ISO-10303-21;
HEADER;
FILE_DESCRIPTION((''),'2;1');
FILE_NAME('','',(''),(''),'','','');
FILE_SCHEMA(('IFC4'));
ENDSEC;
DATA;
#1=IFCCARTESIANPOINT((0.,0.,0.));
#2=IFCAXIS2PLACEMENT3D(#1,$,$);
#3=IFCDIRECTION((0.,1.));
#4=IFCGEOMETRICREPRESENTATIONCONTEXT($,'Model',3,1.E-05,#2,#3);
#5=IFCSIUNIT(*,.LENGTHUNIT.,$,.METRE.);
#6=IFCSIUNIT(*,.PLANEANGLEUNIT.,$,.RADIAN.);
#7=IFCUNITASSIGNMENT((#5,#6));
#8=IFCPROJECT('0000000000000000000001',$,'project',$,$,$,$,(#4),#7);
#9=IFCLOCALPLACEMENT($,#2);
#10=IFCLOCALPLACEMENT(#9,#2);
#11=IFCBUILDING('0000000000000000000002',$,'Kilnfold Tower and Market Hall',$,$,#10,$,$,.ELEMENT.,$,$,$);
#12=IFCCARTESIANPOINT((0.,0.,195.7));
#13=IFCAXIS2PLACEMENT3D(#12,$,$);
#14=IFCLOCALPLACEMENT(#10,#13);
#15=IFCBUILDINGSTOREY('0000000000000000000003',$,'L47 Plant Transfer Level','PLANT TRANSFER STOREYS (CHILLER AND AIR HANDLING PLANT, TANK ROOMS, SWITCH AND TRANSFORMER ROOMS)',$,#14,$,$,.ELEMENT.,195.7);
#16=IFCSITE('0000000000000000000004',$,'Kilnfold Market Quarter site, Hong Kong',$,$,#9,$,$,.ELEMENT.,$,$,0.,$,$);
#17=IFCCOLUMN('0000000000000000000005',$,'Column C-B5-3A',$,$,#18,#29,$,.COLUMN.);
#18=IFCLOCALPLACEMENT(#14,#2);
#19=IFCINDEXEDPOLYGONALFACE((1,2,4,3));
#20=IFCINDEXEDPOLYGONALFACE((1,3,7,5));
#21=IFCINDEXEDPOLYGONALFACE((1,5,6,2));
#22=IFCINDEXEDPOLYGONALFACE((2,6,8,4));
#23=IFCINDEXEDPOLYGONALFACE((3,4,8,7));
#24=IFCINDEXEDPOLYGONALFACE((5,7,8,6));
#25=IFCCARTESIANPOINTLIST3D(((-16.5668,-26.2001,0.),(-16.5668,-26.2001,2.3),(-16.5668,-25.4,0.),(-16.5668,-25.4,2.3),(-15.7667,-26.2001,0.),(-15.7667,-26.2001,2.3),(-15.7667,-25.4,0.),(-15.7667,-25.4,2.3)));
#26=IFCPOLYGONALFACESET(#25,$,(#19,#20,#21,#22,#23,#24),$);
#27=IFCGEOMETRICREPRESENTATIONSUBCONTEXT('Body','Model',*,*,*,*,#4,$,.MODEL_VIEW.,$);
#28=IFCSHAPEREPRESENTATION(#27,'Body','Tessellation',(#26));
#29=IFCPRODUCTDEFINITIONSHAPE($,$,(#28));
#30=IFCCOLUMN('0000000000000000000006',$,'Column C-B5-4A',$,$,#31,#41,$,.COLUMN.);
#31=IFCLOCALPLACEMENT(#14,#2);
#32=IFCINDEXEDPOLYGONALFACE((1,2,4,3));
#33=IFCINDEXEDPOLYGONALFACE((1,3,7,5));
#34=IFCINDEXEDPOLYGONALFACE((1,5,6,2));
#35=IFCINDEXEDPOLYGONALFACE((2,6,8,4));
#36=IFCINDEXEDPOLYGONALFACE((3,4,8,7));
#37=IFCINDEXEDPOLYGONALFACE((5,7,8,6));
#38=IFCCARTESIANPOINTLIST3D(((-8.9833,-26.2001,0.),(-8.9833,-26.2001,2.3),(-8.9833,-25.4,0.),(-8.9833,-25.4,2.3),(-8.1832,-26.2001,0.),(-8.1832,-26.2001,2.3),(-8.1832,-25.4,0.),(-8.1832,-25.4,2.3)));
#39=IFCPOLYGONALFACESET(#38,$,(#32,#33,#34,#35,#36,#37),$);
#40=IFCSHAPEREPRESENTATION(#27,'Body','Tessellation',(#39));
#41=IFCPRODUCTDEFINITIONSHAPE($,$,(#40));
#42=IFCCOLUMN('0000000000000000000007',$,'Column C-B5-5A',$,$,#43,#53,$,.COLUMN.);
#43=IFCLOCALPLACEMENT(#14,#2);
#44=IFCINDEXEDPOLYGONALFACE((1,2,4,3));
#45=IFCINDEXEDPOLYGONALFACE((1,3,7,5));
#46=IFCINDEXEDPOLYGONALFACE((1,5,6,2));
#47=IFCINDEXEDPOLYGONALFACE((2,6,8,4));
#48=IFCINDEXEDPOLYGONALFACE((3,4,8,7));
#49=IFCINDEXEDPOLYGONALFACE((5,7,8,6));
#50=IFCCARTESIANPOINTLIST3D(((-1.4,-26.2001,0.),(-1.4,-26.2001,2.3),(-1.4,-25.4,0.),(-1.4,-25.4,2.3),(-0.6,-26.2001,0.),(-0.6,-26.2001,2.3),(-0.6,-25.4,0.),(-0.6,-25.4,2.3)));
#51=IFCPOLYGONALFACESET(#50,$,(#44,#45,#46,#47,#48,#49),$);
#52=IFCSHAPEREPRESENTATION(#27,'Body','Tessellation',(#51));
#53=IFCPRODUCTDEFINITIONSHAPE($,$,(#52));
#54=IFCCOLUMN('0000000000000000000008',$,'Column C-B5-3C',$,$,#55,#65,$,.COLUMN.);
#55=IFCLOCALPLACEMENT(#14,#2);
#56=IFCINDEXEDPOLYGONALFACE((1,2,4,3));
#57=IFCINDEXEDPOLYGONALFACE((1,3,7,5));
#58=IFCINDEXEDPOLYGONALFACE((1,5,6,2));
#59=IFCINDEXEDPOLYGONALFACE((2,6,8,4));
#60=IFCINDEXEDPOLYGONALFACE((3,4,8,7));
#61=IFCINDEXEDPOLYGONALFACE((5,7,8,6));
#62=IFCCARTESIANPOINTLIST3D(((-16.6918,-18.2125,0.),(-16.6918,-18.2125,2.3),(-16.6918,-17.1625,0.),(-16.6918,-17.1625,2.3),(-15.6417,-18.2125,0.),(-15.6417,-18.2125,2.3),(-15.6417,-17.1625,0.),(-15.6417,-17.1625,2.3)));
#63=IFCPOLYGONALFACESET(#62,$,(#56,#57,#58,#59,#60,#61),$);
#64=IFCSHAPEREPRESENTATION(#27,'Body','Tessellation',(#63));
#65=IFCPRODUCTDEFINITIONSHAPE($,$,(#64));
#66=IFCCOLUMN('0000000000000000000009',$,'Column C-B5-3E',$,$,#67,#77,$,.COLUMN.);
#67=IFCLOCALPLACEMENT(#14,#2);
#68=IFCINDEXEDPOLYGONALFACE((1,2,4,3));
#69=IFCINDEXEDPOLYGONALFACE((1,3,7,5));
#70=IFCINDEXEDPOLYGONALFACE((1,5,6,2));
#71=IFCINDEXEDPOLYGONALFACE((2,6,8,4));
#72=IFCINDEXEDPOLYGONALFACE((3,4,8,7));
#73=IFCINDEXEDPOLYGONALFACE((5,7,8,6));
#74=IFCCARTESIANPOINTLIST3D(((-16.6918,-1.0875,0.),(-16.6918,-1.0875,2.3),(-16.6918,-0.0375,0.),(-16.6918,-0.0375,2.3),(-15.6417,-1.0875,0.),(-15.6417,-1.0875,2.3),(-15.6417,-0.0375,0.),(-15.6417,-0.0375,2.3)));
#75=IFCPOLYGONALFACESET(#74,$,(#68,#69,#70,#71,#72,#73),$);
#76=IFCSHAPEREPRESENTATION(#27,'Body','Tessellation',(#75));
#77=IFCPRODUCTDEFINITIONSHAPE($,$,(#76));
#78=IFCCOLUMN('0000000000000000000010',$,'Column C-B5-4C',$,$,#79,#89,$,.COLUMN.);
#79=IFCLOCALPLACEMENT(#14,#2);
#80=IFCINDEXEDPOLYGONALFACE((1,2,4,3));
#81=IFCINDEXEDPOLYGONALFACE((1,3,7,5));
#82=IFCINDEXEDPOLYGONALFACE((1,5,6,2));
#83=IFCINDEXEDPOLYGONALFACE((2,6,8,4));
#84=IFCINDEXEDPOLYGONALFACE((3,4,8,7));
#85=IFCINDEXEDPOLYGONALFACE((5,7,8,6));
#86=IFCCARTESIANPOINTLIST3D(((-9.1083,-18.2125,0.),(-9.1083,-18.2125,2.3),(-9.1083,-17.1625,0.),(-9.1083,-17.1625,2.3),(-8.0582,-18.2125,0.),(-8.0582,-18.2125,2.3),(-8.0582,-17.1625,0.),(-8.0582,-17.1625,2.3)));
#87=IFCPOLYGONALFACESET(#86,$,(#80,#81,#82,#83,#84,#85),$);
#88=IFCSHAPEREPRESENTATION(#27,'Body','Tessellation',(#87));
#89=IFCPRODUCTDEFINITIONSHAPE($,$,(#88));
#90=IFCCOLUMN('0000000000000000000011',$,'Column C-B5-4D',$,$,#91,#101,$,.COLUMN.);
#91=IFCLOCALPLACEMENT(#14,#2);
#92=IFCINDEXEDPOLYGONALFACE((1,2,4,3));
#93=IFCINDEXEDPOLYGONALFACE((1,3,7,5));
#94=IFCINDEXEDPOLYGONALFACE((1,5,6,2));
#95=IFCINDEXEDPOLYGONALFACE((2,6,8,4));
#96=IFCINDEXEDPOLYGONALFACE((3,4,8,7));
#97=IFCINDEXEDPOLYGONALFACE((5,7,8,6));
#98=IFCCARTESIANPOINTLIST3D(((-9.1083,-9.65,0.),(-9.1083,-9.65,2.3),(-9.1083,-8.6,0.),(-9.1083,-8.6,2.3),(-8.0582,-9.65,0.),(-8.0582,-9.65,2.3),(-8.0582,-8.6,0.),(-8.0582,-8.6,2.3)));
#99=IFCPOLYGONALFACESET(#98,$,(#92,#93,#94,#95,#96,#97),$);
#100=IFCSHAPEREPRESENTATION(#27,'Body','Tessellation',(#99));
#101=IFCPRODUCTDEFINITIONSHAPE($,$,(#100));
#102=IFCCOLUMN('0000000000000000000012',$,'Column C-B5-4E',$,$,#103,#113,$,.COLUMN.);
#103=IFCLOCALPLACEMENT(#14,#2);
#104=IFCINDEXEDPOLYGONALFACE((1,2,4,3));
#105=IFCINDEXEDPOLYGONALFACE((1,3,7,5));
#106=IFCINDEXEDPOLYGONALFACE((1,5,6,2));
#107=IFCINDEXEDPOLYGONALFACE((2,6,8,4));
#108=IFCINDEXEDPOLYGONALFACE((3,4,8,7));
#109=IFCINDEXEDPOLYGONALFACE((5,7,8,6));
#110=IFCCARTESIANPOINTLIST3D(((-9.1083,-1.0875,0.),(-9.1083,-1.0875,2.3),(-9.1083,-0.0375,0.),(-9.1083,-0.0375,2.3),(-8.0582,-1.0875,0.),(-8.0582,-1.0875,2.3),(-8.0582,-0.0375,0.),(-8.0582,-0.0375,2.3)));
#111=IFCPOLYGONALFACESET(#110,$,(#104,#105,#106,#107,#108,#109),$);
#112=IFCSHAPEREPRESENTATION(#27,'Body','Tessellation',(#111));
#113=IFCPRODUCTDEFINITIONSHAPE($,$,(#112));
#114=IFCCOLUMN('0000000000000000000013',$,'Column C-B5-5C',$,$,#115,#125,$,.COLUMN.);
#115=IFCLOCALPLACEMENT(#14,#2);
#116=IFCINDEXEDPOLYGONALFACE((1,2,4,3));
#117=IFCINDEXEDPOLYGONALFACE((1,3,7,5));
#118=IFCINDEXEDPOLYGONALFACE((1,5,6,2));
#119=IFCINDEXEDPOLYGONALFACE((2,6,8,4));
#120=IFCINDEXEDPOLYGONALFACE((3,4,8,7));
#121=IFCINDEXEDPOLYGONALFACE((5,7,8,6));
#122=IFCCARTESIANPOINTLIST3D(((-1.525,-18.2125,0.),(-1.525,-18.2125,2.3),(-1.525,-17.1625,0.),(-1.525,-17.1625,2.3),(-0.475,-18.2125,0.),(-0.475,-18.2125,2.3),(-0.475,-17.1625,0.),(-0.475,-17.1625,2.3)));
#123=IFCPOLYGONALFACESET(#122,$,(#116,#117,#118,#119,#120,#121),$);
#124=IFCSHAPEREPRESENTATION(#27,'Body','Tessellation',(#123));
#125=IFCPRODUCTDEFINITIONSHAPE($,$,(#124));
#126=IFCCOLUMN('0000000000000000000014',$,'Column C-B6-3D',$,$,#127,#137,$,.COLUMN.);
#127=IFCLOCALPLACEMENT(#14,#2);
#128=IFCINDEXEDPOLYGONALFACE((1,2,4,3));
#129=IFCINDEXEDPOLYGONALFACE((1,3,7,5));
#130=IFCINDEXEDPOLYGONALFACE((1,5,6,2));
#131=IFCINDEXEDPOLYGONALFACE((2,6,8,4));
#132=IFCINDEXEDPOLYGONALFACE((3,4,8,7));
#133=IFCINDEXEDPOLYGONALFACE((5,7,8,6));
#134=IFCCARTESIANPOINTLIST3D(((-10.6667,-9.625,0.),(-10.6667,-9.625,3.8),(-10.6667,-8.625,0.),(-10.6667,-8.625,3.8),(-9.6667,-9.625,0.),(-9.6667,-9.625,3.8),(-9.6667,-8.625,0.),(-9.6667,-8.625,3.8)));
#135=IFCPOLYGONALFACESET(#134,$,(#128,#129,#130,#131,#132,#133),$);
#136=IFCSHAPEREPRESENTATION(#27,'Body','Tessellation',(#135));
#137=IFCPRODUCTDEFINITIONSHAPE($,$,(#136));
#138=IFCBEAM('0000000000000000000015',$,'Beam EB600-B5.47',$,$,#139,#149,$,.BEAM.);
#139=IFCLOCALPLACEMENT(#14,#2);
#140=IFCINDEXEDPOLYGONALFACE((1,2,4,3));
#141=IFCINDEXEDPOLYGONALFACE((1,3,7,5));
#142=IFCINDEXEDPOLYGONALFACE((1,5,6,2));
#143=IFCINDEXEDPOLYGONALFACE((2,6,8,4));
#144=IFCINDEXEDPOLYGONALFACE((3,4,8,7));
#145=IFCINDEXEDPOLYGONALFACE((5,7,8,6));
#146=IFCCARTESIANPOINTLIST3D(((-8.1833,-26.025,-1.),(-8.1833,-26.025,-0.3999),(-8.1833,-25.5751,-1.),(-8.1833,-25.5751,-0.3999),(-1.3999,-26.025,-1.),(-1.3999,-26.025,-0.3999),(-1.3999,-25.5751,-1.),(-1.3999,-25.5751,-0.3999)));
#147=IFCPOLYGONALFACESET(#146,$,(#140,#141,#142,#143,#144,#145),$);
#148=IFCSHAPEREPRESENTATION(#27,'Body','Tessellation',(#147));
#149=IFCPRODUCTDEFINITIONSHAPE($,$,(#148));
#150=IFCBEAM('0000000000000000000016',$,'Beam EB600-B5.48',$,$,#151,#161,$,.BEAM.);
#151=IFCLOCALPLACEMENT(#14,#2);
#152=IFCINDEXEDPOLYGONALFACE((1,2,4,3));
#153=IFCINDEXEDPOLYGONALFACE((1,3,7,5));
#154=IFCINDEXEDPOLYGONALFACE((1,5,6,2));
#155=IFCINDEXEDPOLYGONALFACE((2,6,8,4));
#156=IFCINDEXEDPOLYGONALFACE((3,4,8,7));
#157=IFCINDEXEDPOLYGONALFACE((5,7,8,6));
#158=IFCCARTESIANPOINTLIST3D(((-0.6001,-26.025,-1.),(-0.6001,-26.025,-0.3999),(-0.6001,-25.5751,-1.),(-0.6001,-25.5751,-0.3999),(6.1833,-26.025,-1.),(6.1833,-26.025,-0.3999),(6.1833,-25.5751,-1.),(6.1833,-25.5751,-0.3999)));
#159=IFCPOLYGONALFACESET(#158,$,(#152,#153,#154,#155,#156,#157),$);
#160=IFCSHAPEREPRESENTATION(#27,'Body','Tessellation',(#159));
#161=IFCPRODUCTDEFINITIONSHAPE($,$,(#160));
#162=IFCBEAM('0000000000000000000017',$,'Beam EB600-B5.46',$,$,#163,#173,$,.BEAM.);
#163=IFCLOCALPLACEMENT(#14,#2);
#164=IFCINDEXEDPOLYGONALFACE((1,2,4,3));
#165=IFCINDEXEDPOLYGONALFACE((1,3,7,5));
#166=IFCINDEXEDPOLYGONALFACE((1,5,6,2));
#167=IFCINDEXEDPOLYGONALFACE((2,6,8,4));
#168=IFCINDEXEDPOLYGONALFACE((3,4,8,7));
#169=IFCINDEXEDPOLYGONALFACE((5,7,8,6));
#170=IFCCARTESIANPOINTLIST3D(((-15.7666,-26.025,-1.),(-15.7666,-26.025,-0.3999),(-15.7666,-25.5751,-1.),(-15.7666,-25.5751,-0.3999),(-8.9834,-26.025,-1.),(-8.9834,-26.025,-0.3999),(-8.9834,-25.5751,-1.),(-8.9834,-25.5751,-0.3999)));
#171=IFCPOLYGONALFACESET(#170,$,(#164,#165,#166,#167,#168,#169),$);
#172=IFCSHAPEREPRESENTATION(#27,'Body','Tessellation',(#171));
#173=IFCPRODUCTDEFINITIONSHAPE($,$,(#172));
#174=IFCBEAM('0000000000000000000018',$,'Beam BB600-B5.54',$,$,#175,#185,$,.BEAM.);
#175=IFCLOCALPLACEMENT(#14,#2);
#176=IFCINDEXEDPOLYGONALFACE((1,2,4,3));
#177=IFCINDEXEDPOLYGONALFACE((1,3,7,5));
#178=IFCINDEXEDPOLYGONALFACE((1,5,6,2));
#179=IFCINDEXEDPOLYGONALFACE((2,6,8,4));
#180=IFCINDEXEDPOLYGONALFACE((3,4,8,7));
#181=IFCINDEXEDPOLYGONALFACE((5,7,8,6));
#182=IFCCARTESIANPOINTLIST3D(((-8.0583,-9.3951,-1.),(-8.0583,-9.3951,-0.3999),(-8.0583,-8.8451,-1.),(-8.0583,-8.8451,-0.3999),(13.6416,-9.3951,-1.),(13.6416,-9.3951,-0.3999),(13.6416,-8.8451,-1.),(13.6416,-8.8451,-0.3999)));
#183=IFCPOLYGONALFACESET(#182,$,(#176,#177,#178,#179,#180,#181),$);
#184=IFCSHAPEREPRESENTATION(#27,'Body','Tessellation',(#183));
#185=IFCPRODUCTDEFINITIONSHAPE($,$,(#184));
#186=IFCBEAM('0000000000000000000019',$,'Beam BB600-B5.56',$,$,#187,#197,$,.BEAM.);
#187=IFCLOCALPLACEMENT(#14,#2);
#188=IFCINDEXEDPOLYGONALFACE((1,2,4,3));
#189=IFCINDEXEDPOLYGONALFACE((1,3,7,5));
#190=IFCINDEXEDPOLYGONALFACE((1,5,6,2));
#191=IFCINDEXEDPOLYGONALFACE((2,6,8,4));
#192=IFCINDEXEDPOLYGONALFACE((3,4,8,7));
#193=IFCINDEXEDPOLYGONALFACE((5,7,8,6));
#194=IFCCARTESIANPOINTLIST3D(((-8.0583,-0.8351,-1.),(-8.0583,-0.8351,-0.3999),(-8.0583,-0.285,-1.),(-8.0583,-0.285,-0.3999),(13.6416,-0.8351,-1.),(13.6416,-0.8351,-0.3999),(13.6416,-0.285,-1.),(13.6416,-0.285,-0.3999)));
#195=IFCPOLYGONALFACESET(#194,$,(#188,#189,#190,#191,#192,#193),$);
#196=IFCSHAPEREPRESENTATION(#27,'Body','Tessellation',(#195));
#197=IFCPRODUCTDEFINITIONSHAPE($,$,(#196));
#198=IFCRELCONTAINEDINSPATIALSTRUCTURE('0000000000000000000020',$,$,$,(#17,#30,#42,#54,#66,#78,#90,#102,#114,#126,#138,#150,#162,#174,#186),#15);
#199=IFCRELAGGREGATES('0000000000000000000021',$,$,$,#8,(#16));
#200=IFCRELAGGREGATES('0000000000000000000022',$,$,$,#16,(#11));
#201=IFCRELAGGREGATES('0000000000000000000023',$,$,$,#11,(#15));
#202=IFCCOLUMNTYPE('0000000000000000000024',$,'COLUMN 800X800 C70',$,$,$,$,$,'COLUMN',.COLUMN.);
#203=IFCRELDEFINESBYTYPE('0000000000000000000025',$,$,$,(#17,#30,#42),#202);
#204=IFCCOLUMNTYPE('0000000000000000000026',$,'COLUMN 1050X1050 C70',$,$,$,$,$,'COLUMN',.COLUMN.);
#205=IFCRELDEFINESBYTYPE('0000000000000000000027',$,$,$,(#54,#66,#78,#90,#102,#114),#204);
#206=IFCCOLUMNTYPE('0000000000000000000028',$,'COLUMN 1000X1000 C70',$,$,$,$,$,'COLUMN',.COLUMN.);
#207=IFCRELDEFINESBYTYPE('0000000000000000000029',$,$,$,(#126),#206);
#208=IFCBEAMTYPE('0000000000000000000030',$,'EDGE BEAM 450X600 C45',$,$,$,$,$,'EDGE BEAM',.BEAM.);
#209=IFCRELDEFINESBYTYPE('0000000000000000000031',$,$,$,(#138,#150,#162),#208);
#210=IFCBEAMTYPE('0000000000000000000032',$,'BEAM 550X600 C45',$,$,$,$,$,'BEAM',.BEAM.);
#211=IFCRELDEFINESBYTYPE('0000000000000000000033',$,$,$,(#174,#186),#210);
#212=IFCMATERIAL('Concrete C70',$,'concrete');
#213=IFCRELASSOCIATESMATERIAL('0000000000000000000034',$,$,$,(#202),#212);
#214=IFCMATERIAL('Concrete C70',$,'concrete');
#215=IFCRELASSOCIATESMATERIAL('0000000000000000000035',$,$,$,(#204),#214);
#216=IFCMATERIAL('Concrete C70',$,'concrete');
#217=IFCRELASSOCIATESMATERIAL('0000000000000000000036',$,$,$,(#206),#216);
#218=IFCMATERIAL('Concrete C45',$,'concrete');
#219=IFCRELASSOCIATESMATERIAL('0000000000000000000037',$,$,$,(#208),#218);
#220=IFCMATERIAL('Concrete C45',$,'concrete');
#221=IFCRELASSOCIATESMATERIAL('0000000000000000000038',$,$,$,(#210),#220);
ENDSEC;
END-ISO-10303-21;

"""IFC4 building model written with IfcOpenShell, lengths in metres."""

from ifc_helpers import new_model, si_unit, direction, frame, origin, origin_2d, place, context, subcontext, project, spatial, rectangle, extrude, source, transform, mapped, material, material_profile, profile_set, type_object, element, save


model = new_model("IFC4")

# Units and contexts
model_context = context("Model", 3, precision=1e-05, world=origin(), true_north=direction((0.0, 1.0)))
body_context = subcontext(model_context, "Body", "Model", "MODEL_VIEW")
ifc_project = project(units=[si_unit("LENGTHUNIT", "METRE"), si_unit("PLANEANGLEUNIT", "RADIAN")], contexts=[model_context])

# Site, building, storey
site_placement = place(None, origin())
site = spatial("IfcSite", under=ifc_project, at=site_placement, Name="Kilnfold Market Quarter site, Hong Kong", CompositionType="ELEMENT", RefElevation=0.0)
building_placement = place(site_placement, origin())
building = spatial("IfcBuilding", under=site, at=building_placement, Name="Kilnfold Tower and Market Hall", CompositionType="ELEMENT")
storey_placement = place(building_placement, frame((0.0, 0.0, 195.7)))
storey = spatial("IfcBuildingStorey", under=building, at=storey_placement, Name="L47 Plant Transfer Level", Description="PLANT TRANSFER STOREYS (CHILLER AND AIR HANDLING PLANT, TANK ROOMS, SWITCH AND TRANSFORMER ROOMS)", CompositionType="ELEMENT", Elevation=195.7)

# Columns
ifc_material_1 = material(Name="Concrete C70", Category="concrete")
ifc_material_profile_1 = material_profile(ifc_material_1, rectangle(XDim=0.8, YDim=0.8, at=origin_2d()), Name="RC 800x800")
ifc_profile_set_1 = profile_set([ifc_material_profile_1], Name="Concrete C70")
column_type_1 = type_object("IfcColumnType", Name="COLUMN 800X800 C70", ElementType="COLUMN", PredefinedType="COLUMN", material=ifc_profile_set_1)
shared_shape_1 = source(origin(), body_context, "Body", "SweptSolid", [
    extrude(rectangle(XDim=0.8, YDim=0.8, at=origin_2d()), origin(), (0.0, 0.0, 1.0), 2.3),
])
for number, where, z_axis, x_axis, name in (
    (1, (-16.1667, -25.8, 0.0), (0.0, 0.0, 1.0), (1.0, 0.0, 0.0), "Column C-B5-3A"),
    (2, (-8.5833, -25.8, 0.0), (0.0, 0.0, 1.0), (1.0, 0.0, 0.0), "Column C-B5-4A"),
    (3, (-1.0, -25.8, 0.0), (0.0, 0.0, 1.0), (1.0, 0.0, 0.0), "Column C-B5-5A"),
):
    element("IfcColumn", number, at=place(storey_placement, frame(where, z_axis=z_axis, x_axis=x_axis)), inside=storey, type_object=column_type_1, Name=name, PredefinedType="COLUMN", context=body_context, shape_type="MappedRepresentation", body=[
        mapped(shared_shape_1, transform((0.0, 0.0, 0.0))),
    ])
ifc_material_2 = material(Name="Concrete C70", Category="concrete")
ifc_material_profile_2 = material_profile(ifc_material_2, rectangle(XDim=1.05, YDim=1.05, at=origin_2d()), Name="RC 1050x1050")
ifc_profile_set_2 = profile_set([ifc_material_profile_2], Name="Concrete C70")
column_type_2 = type_object("IfcColumnType", Name="COLUMN 1050X1050 C70", ElementType="COLUMN", PredefinedType="COLUMN", material=ifc_profile_set_2)
shared_shape_2 = source(origin(), body_context, "Body", "SweptSolid", [
    extrude(rectangle(XDim=1.05, YDim=1.05, at=origin_2d()), origin(), (0.0, 0.0, 1.0), 2.3),
])
for number, where, z_axis, x_axis, name in (
    (4, (-16.1667, -17.6875, 0.0), (0.0, 0.0, 1.0), (1.0, 0.0, 0.0), "Column C-B5-3C"),
    (5, (-16.1667, -0.5625, 0.0), (0.0, 0.0, 1.0), (1.0, 0.0, 0.0), "Column C-B5-3E"),
    (6, (-8.5833, -17.6875, 0.0), (0.0, 0.0, 1.0), (1.0, 0.0, 0.0), "Column C-B5-4C"),
    (7, (-8.5833, -9.125, 0.0), (0.0, 0.0, 1.0), (1.0, 0.0, 0.0), "Column C-B5-4D"),
    (8, (-8.5833, -0.5625, 0.0), (0.0, 0.0, 1.0), (1.0, 0.0, 0.0), "Column C-B5-4E"),
    (9, (-1.0, -17.6875, 0.0), (0.0, 0.0, 1.0), (1.0, 0.0, 0.0), "Column C-B5-5C"),
):
    element("IfcColumn", number, at=place(storey_placement, frame(where, z_axis=z_axis, x_axis=x_axis)), inside=storey, type_object=column_type_2, Name=name, PredefinedType="COLUMN", context=body_context, shape_type="MappedRepresentation", body=[
        mapped(shared_shape_2, transform((0.0, 0.0, 0.0))),
    ])
ifc_material_3 = material(Name="Concrete C70", Category="concrete")
ifc_material_profile_3 = material_profile(ifc_material_3, rectangle(XDim=1.0, YDim=1.0, at=origin_2d()), Name="RC 1000x1000")
ifc_profile_set_3 = profile_set([ifc_material_profile_3], Name="Concrete C70")
column_type_3 = type_object("IfcColumnType", Name="COLUMN 1000X1000 C70", ElementType="COLUMN", PredefinedType="COLUMN", material=ifc_profile_set_3)
shared_shape_3 = source(origin(), body_context, "Body", "SweptSolid", [
    extrude(rectangle(XDim=1.0, YDim=1.0, at=origin_2d()), origin(), (0.0, 0.0, 1.0), 3.8),
])
column_placement = place(storey_placement, frame((-10.1667, -9.125, 0.0), z_axis=(0.0, 0.0, 1.0), x_axis=(1.0, 0.0, 0.0)))
element("IfcColumn", 10, at=column_placement, inside=storey, type_object=column_type_3, Name="Column C-B6-3D", PredefinedType="COLUMN", context=body_context, shape_type="MappedRepresentation", body=[
    mapped(shared_shape_3, transform((0.0, 0.0, 0.0))),
])

# Beams
ifc_material_4 = material(Name="Concrete C45", Category="concrete")
ifc_material_profile_4 = material_profile(ifc_material_4, rectangle(XDim=0.45, YDim=0.6001, at=origin_2d()), Name="RC 450x600")
ifc_profile_set_4 = profile_set([ifc_material_profile_4], Name="Concrete C45")
beam_type_1 = type_object("IfcBeamType", Name="EDGE BEAM 450X600 C45", ElementType="EDGE BEAM", PredefinedType="BEAM", material=ifc_profile_set_4)
shared_shape_4 = source(origin(), body_context, "Body", "SweptSolid", [
    extrude(rectangle(XDim=0.45, YDim=0.6001, at=origin_2d()), origin(), (0.0, 0.0, 1.0), 6.7834),
])
for number, where, z_axis, x_axis, name in (
    (11, (-8.1833, -25.8, -0.7), (1.0, 0.0, 0.0), (0.0, 1.0, 0.0), "Beam EB600-B5.47"),
    (12, (-0.6001, -25.8, -0.7), (1.0, 0.0, 0.0), (0.0, 1.0, 0.0), "Beam EB600-B5.48"),
):
    element("IfcBeam", number, at=place(storey_placement, frame(where, z_axis=z_axis, x_axis=x_axis)), inside=storey, type_object=beam_type_1, Name=name, PredefinedType="BEAM", context=body_context, shape_type="MappedRepresentation", body=[
        mapped(shared_shape_4, transform((0.0, 0.0, 0.0))),
    ])
shared_shape_5 = source(origin(), body_context, "Body", "SweptSolid", [
    extrude(rectangle(XDim=0.45, YDim=0.6001, at=origin_2d()), origin(), (0.0, 0.0, 1.0), 6.7832),
])
beam_placement = place(storey_placement, frame((-15.7666, -25.8, -0.7), z_axis=(1.0, 0.0, 0.0), x_axis=(0.0, 1.0, 0.0)))
element("IfcBeam", 13, at=beam_placement, inside=storey, type_object=beam_type_1, Name="Beam EB600-B5.46", PredefinedType="BEAM", context=body_context, shape_type="MappedRepresentation", body=[
    mapped(shared_shape_5, transform((0.0, 0.0, 0.0))),
])
ifc_material_5 = material(Name="Concrete C45", Category="concrete")
ifc_material_profile_5 = material_profile(ifc_material_5, rectangle(XDim=0.55, YDim=0.6001, at=origin_2d()), Name="RC 550x600")
ifc_profile_set_5 = profile_set([ifc_material_profile_5], Name="Concrete C45")
beam_type_2 = type_object("IfcBeamType", Name="BEAM 550X600 C45", ElementType="BEAM", PredefinedType="BEAM", material=ifc_profile_set_5)
shared_shape_6 = source(origin(), body_context, "Body", "SweptSolid", [
    extrude(rectangle(XDim=0.55, YDim=0.6001, at=origin_2d()), origin(), (0.0, 0.0, 1.0), 21.7),
])
for number, where, z_axis, x_axis, name in (
    (14, (-8.0583, -9.1201, -0.7), (1.0, 0.0, 0.0), (0.0, 1.0, 0.0), "Beam BB600-B5.54"),
    (15, (-8.0583, -0.5601, -0.7), (1.0, 0.0, 0.0), (0.0, 1.0, 0.0), "Beam BB600-B5.56"),
):
    element("IfcBeam", number, at=place(storey_placement, frame(where, z_axis=z_axis, x_axis=x_axis)), inside=storey, type_object=beam_type_2, Name=name, PredefinedType="BEAM", context=body_context, shape_type="MappedRepresentation", body=[
        mapped(shared_shape_6, transform((0.0, 0.0, 0.0))),
    ])

save(model, "model.ifc")
